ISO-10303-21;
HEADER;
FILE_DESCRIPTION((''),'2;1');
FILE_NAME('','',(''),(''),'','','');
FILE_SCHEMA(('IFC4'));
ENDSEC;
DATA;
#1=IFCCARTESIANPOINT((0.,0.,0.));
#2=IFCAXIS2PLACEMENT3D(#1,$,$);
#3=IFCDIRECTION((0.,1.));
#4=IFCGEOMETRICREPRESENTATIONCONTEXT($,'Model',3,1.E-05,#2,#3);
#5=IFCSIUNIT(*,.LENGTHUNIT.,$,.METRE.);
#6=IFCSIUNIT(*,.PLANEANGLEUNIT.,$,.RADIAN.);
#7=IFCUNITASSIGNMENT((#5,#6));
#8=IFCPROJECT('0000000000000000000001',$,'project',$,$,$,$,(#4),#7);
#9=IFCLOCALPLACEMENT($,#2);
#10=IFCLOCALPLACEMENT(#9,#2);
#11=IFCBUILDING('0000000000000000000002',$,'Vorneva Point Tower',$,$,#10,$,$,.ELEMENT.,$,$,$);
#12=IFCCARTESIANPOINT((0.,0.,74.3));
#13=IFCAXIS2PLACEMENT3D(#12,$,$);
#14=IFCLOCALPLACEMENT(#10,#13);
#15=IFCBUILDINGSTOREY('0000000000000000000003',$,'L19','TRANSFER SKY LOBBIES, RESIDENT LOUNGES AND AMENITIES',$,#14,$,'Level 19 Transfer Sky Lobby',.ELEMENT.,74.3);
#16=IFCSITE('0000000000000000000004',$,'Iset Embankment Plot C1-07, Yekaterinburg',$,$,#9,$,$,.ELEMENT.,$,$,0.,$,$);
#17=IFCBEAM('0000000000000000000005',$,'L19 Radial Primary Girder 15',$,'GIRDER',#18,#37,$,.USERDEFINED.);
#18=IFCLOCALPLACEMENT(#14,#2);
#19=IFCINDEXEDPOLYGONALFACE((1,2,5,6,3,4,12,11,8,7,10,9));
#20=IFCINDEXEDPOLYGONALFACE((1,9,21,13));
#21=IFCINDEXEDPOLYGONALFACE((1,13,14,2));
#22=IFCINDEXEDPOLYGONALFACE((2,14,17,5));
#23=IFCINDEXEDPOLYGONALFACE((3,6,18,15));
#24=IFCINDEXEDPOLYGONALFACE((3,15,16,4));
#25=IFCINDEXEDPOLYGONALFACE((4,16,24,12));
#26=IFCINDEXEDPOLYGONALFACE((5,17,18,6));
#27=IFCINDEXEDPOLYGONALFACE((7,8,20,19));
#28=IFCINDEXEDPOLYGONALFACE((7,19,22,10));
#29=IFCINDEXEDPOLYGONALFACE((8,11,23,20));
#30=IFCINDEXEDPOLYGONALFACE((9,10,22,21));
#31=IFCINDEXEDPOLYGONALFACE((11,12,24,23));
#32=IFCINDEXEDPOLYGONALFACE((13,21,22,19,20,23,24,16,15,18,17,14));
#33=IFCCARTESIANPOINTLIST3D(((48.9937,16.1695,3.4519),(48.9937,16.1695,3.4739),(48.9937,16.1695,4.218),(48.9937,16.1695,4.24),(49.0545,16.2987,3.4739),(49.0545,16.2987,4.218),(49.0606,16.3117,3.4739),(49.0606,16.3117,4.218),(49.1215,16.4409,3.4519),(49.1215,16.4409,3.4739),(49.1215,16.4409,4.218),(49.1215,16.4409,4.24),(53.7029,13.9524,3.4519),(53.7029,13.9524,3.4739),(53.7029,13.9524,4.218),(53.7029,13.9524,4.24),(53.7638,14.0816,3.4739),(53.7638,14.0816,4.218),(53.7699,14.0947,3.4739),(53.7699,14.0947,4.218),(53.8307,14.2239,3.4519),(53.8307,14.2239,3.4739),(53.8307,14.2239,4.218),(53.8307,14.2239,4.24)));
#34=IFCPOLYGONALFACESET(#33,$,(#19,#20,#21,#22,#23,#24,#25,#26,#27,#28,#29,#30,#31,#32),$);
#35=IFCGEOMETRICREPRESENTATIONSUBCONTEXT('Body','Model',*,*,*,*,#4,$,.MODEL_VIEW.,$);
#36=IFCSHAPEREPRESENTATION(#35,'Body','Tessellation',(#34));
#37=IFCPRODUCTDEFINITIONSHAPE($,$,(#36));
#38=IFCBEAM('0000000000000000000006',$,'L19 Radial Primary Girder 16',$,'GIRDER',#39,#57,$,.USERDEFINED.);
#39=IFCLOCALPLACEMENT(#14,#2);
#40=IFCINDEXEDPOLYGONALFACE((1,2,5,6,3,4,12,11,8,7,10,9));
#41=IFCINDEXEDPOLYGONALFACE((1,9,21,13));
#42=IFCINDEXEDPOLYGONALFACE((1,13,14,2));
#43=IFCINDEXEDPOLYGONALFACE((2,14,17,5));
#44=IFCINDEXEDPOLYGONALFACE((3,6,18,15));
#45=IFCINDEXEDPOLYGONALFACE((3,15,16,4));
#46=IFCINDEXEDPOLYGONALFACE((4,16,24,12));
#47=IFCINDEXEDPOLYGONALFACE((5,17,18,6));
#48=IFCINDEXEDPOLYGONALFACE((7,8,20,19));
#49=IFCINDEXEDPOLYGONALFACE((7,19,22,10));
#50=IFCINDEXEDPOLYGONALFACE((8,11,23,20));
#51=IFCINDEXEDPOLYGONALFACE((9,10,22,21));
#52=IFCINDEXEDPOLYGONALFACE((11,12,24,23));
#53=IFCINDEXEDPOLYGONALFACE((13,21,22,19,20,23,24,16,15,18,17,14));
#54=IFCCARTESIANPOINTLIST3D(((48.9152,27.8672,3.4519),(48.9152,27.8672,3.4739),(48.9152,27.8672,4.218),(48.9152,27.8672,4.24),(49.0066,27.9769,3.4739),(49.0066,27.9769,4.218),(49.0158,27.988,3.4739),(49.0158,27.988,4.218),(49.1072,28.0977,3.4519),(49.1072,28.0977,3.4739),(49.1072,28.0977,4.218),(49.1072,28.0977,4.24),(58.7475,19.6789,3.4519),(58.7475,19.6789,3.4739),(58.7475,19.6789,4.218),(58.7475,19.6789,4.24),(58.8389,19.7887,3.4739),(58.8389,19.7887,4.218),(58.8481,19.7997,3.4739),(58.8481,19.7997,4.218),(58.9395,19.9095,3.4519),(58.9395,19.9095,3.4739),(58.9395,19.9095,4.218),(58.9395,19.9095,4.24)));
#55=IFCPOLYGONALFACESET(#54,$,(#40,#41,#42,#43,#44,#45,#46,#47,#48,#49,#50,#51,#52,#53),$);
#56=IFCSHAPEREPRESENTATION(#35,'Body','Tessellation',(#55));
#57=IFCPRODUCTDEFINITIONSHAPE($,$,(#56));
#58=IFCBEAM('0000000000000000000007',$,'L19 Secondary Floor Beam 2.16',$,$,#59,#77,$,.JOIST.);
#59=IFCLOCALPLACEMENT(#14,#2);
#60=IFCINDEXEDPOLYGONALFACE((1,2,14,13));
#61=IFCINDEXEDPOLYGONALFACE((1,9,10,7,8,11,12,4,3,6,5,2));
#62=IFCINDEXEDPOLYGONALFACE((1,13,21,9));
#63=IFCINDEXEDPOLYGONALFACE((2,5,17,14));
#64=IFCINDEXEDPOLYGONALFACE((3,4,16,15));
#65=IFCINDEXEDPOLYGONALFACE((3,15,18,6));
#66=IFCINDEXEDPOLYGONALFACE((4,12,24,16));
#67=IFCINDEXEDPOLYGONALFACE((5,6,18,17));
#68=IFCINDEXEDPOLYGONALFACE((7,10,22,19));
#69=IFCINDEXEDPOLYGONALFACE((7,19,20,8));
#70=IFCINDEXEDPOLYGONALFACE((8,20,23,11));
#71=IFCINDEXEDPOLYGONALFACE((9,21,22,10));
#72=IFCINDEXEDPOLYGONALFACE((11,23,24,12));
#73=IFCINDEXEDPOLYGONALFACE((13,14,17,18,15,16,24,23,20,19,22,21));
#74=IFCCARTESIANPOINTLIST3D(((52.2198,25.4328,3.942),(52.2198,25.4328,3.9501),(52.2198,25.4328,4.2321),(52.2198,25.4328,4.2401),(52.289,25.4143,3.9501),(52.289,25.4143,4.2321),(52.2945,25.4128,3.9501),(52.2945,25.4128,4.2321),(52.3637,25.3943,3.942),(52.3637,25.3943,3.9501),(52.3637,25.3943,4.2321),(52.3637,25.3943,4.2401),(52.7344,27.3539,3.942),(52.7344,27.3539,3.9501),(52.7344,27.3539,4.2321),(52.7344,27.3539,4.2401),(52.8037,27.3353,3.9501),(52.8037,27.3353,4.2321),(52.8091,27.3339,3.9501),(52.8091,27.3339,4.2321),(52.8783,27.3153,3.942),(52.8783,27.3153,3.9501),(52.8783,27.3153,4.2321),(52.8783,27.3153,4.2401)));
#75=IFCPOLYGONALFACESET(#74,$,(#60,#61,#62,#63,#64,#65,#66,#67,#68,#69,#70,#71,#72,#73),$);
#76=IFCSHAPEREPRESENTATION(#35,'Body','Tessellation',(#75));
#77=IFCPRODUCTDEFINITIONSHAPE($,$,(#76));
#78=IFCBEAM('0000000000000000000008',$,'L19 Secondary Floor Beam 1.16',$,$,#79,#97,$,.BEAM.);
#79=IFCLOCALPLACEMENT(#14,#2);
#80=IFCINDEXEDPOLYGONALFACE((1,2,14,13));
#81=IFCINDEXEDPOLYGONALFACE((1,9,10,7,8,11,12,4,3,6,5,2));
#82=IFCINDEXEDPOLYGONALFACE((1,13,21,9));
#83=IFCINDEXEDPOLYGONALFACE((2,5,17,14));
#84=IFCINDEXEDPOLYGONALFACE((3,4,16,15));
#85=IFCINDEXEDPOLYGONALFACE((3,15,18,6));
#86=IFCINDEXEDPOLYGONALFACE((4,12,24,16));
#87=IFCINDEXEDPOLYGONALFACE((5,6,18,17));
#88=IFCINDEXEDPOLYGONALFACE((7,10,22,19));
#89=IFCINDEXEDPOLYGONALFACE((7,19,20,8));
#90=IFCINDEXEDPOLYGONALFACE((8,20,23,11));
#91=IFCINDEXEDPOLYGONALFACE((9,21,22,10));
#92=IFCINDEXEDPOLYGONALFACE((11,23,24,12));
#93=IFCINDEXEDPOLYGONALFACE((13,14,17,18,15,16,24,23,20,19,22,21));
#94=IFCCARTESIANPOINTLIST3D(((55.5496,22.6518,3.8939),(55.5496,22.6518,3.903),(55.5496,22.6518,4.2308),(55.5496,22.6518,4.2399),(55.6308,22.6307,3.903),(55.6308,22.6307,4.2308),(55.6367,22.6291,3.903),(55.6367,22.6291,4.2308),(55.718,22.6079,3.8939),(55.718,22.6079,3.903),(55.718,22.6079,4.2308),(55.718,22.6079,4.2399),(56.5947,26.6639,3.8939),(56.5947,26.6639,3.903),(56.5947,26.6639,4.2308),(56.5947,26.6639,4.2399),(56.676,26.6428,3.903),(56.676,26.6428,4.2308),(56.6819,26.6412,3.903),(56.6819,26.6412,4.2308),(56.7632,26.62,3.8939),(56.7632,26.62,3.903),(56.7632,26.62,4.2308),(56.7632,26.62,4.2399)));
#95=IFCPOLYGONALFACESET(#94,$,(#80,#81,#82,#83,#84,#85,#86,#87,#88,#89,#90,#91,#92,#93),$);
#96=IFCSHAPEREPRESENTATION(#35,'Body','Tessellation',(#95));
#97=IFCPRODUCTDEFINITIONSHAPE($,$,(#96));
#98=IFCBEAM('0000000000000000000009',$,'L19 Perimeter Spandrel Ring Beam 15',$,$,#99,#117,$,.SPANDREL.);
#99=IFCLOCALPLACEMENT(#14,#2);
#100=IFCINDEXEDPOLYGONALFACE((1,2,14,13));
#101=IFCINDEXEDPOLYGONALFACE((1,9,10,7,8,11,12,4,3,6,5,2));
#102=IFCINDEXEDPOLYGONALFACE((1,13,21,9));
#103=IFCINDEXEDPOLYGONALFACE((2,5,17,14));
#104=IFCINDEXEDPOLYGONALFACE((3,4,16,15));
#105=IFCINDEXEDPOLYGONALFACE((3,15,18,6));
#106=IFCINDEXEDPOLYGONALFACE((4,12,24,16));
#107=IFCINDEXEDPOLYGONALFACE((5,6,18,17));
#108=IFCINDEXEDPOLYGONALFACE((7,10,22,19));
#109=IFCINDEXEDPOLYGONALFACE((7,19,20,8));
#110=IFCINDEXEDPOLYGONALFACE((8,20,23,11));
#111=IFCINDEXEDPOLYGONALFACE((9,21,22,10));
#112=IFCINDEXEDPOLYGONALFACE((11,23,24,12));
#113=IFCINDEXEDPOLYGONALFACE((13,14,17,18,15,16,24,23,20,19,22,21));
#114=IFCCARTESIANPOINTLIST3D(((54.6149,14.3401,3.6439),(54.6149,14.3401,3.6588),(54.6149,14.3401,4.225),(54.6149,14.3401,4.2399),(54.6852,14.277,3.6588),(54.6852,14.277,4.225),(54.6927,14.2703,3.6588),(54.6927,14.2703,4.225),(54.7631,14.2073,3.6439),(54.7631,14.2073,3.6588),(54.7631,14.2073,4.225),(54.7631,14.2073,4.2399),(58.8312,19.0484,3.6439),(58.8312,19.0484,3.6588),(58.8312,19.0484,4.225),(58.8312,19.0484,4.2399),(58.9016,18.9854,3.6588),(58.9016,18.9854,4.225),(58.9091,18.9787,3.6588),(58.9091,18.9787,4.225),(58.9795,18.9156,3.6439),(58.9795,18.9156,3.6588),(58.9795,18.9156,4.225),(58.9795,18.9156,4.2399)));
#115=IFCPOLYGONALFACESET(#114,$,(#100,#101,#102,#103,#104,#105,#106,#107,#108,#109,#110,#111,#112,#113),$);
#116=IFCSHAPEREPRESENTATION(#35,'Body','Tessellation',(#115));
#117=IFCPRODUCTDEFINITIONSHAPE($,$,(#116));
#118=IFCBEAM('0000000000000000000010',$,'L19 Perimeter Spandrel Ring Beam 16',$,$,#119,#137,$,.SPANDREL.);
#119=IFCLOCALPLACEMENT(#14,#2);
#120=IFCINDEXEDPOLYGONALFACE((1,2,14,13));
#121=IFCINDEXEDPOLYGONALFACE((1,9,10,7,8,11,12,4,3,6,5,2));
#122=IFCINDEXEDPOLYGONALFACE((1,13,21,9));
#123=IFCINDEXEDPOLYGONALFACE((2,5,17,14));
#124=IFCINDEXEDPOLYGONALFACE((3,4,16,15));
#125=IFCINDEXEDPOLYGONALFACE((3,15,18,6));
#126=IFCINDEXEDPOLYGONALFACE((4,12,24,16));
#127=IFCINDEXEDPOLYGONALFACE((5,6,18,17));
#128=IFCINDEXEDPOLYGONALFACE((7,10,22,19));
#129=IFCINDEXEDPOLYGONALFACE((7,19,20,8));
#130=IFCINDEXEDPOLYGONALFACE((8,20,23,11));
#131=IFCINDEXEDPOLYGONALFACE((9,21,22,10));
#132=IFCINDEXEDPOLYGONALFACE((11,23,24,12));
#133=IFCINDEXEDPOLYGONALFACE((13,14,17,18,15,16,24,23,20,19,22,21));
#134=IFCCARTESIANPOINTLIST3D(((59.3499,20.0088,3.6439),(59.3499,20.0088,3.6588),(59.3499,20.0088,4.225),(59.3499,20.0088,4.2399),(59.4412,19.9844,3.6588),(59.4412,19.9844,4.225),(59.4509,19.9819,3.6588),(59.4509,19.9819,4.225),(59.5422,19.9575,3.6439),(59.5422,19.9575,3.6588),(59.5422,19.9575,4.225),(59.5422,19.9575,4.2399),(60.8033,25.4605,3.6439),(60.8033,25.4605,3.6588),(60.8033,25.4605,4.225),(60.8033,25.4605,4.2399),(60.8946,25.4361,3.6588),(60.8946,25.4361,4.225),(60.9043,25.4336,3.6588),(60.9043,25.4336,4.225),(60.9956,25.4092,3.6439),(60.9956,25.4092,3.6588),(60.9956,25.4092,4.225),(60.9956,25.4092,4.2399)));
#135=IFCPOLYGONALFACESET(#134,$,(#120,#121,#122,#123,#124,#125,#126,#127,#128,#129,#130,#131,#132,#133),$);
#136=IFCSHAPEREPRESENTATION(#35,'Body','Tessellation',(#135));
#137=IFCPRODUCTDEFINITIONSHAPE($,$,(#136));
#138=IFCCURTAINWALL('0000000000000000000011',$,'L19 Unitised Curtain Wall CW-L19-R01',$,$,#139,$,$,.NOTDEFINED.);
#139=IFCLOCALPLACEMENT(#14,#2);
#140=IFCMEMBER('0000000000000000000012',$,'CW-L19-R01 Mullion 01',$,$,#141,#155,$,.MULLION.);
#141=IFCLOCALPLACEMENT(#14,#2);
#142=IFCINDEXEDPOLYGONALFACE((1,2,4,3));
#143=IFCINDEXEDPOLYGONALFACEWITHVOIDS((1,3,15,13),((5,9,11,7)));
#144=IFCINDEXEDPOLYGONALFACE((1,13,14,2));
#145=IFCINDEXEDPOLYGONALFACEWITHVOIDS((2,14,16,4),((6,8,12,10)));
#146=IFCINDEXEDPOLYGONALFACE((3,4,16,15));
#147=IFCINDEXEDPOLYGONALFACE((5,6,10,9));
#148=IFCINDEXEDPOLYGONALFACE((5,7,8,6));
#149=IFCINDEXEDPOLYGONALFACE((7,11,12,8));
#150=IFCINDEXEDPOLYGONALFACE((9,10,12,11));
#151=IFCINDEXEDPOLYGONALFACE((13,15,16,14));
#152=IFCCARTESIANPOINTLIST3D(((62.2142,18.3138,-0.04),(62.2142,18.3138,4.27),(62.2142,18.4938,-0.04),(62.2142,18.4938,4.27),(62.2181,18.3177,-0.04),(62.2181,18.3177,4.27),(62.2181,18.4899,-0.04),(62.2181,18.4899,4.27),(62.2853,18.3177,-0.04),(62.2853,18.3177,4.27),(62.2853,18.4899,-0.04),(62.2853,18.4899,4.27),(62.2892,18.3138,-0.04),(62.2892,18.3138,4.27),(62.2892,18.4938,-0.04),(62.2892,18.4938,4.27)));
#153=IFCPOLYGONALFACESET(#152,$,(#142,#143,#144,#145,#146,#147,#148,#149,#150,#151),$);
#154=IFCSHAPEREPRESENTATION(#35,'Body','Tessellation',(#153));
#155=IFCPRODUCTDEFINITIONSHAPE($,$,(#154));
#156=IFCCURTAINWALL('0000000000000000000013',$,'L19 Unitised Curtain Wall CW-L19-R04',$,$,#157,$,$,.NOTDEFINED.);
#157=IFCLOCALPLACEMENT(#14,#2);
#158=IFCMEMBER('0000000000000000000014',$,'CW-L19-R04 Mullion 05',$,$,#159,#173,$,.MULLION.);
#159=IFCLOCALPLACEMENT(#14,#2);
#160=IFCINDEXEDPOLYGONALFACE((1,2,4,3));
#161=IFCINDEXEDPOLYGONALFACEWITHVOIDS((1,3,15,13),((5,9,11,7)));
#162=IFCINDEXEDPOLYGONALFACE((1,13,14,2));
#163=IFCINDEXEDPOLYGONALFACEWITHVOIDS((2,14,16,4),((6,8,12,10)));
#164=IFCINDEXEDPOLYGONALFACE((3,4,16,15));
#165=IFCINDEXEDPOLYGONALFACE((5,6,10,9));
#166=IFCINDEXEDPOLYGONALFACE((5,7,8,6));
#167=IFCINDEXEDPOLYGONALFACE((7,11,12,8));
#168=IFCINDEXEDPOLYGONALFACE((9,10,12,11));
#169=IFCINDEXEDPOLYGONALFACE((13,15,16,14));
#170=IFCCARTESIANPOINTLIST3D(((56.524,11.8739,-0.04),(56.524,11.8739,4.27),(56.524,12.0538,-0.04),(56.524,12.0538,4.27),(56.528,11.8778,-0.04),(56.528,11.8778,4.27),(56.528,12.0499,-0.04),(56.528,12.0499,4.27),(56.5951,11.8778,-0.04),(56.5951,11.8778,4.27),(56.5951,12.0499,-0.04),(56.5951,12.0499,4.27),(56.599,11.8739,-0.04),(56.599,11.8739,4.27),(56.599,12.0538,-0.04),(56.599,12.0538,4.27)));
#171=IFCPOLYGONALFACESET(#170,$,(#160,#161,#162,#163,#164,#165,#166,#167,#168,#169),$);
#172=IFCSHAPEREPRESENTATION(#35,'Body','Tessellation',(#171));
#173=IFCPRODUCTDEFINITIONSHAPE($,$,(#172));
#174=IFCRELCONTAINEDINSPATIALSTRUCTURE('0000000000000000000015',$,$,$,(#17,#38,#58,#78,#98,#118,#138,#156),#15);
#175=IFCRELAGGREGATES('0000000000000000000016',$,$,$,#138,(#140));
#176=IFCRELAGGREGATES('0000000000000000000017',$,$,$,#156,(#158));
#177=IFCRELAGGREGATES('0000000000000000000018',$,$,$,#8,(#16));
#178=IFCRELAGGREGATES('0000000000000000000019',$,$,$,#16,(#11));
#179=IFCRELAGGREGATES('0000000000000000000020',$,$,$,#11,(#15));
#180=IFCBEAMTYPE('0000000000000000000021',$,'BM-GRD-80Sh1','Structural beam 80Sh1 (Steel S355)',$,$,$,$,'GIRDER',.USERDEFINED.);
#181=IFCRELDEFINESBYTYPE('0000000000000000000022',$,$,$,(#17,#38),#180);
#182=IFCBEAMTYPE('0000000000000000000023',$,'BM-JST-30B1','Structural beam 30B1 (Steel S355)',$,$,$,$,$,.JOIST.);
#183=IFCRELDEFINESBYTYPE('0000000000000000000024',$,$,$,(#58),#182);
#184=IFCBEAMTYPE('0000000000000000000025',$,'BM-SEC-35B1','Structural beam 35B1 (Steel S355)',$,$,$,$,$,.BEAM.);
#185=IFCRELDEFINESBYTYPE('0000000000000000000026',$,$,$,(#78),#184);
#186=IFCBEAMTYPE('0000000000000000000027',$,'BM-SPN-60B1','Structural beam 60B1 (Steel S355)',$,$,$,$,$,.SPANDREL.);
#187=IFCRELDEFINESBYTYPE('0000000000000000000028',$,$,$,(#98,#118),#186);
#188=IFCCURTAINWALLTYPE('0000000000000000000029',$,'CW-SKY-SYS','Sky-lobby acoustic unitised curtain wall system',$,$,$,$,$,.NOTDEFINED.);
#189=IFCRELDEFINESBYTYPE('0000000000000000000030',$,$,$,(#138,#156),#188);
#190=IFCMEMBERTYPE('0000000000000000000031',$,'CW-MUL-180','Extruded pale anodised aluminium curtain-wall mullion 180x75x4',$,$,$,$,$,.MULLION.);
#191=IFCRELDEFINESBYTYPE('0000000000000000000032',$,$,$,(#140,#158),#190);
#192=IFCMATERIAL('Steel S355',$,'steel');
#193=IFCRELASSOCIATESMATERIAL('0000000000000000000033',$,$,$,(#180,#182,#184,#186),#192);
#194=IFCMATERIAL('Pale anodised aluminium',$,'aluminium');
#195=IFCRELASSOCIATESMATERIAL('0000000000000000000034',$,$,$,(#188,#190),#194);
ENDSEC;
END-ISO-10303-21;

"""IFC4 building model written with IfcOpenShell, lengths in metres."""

from ifc_helpers import new_model, si_unit, direction, frame, origin, origin_2d, place, context, subcontext, project, spatial, hollow_rectangle, i_section, extrude, material, material_profile, profile_set, type_object, element, aggregate, save


model = new_model("IFC4")

# Units and contexts
model_context = context("Model", 3, precision=1e-05, world=origin(), true_north=direction((0.0, 1.0)))
body_context = subcontext(model_context, "Body", "Model", "MODEL_VIEW")
ifc_project = project(units=[si_unit("LENGTHUNIT", "METRE"), si_unit("PLANEANGLEUNIT", "RADIAN")], contexts=[model_context])

# Site, building, storey
site_placement = place(None, origin())
site = spatial("IfcSite", under=ifc_project, at=site_placement, Name="Iset Embankment Plot C1-07, Yekaterinburg", CompositionType="ELEMENT", RefElevation=0.0)
building_placement = place(site_placement, origin())
building = spatial("IfcBuilding", under=site, at=building_placement, Name="Vorneva Point Tower", CompositionType="ELEMENT")
storey_placement = place(building_placement, frame((0.0, 0.0, 74.3)))
storey = spatial("IfcBuildingStorey", under=building, at=storey_placement, Name="L19", Description="TRANSFER SKY LOBBIES, RESIDENT LOUNGES AND AMENITIES", LongName="Level 19 Transfer Sky Lobby", CompositionType="ELEMENT", Elevation=74.3)

# Beams
ifc_material_1 = material(Name="Steel S355", Category="steel")
ifc_material_profile_1 = material_profile(ifc_material_1, i_section(OverallWidth=0.3, OverallDepth=0.7881, WebThickness=0.0144, FlangeThickness=0.022, at=origin_2d()), Name="80Sh1")
ifc_profile_set_1 = profile_set([ifc_material_profile_1], Name="Steel S355")
beam_type_1 = type_object("IfcBeamType", Name="BM-GRD-80Sh1", Description="Structural beam 80Sh1 (Steel S355)", ElementType="GIRDER", PredefinedType="USERDEFINED", material=ifc_profile_set_1)
beam_1_placement = place(storey_placement, frame((53.7668, 14.0881, 3.8459), z_axis=(-0.90475, 0.425944, 0.0), x_axis=(-0.425944, -0.90475, 0.0)))
element("IfcBeam", 1, at=beam_1_placement, inside=storey, type_object=beam_type_1, Name="L19 Radial Primary Girder 15", ObjectType="GIRDER", PredefinedType="USERDEFINED", context=body_context, shape_type="SweptSolid", body=[
    extrude(i_section(OverallWidth=0.3, OverallDepth=0.7881, WebThickness=0.0144, FlangeThickness=0.022, at=origin_2d()), origin(), (0.0, 0.0, 1.0), 5.2051),
])
beam_2_placement = place(storey_placement, frame((58.8435, 19.7942, 3.8459), z_axis=(-0.768426, 0.639939, 0.0), x_axis=(-0.639939, -0.768426, 0.0)))
element("IfcBeam", 2, at=beam_2_placement, inside=storey, type_object=beam_type_1, Name="L19 Radial Primary Girder 16", ObjectType="GIRDER", PredefinedType="USERDEFINED", context=body_context, shape_type="SweptSolid", body=[
    extrude(i_section(OverallWidth=0.3, OverallDepth=0.7881, WebThickness=0.0144, FlangeThickness=0.022, at=origin_2d()), origin(), (0.0, 0.0, 1.0), 12.7954),
])
ifc_material_profile_2 = material_profile(ifc_material_1, i_section(OverallWidth=0.1489, OverallDepth=0.2981, WebThickness=0.0056, FlangeThickness=0.0081, at=origin_2d()), Name="30B1")
ifc_profile_set_2 = profile_set([ifc_material_profile_2], Name="Steel S355")
beam_type_2 = type_object("IfcBeamType", Name="BM-JST-30B1", Description="Structural beam 30B1 (Steel S355)", PredefinedType="JOIST", material=ifc_profile_set_2)
beam_3_placement = place(storey_placement, frame((52.2917, 25.4136, 4.0911), z_axis=(0.258763, 0.965941, 0.0), x_axis=(-0.965941, 0.258763, 0.0)))
element("IfcBeam", 3, at=beam_3_placement, inside=storey, type_object=beam_type_2, Name="L19 Secondary Floor Beam 2.16", PredefinedType="JOIST", context=body_context, shape_type="SweptSolid", body=[
    extrude(i_section(OverallWidth=0.1489, OverallDepth=0.2981, WebThickness=0.0056, FlangeThickness=0.0081, at=origin_2d()), origin(), (0.0, 0.0, 1.0), 1.9888),
])
ifc_material_profile_3 = material_profile(ifc_material_1, i_section(OverallWidth=0.1741, OverallDepth=0.3459, WebThickness=0.0061, FlangeThickness=0.009, at=origin_2d()), Name="35B1")
ifc_profile_set_3 = profile_set([ifc_material_profile_3], Name="Steel S355")
beam_type_3 = type_object("IfcBeamType", Name="BM-SEC-35B1", Description="Structural beam 35B1 (Steel S355)", PredefinedType="BEAM", material=ifc_profile_set_3)
beam_4_placement = place(storey_placement, frame((55.6338, 22.6299, 4.0669), z_axis=(0.252084, 0.967705, 0.0), x_axis=(-0.967705, 0.252084, 0.0)))
element("IfcBeam", 4, at=beam_4_placement, inside=storey, type_object=beam_type_3, Name="L19 Secondary Floor Beam 1.16", PredefinedType="BEAM", context=body_context, shape_type="SweptSolid", body=[
    extrude(i_section(OverallWidth=0.1741, OverallDepth=0.3459, WebThickness=0.0061, FlangeThickness=0.009, at=origin_2d()), origin(), (0.0, 0.0, 1.0), 4.146),
])
ifc_material_profile_4 = material_profile(ifc_material_1, i_section(OverallWidth=0.199, OverallDepth=0.5959, WebThickness=0.01, FlangeThickness=0.0149, at=origin_2d()), Name="60B1")
ifc_profile_set_4 = profile_set([ifc_material_profile_4], Name="Steel S355")
beam_type_4 = type_object("IfcBeamType", Name="BM-SPN-60B1", Description="Structural beam 60B1 (Steel S355)", PredefinedType="SPANDREL", material=ifc_profile_set_4)
beam_5_placement = place(storey_placement, frame((54.689, 14.2737, 3.9419), z_axis=(0.667117, 0.744953, 0.0), x_axis=(-0.744953, 0.667117, 0.0)))
element("IfcBeam", 5, at=beam_5_placement, inside=storey, type_object=beam_type_4, Name="L19 Perimeter Spandrel Ring Beam 15", PredefinedType="SPANDREL", context=body_context, shape_type="SweptSolid", body=[
    extrude(i_section(OverallWidth=0.199, OverallDepth=0.5959, WebThickness=0.01, FlangeThickness=0.0149, at=origin_2d()), origin(), (0.0, 0.0, 1.0), 6.3203),
])
beam_6_placement = place(storey_placement, frame((59.446, 19.9832, 3.9419), z_axis=(0.257595, 0.966253, 0.0), x_axis=(-0.966253, 0.257595, 0.0)))
element("IfcBeam", 6, at=beam_6_placement, inside=storey, type_object=beam_type_4, Name="L19 Perimeter Spandrel Ring Beam 16", PredefinedType="SPANDREL", context=body_context, shape_type="SweptSolid", body=[
    extrude(i_section(OverallWidth=0.199, OverallDepth=0.5959, WebThickness=0.01, FlangeThickness=0.0149, at=origin_2d()), origin(), (0.0, 0.0, 1.0), 5.6421),
])

# Curtain walls, members
ifc_material_2 = material(Name="Pale anodised aluminium", Category="aluminium")
curtain_wall_type = type_object("IfcCurtainWallType", Name="CW-SKY-SYS", Description="Sky-lobby acoustic unitised curtain wall system", PredefinedType="NOTDEFINED", material=ifc_material_2)
curtain_wall_1_placement = place(storey_placement, origin())
curtain_wall_1 = element("IfcCurtainWall", 7, at=curtain_wall_1_placement, inside=storey, type_object=curtain_wall_type, Name="L19 Unitised Curtain Wall CW-L19-R01", PredefinedType="NOTDEFINED")
ifc_material_profile_5 = material_profile(ifc_material_2, hollow_rectangle(XDim=0.075, YDim=0.1799, WallThickness=0.0039, at=origin_2d()), Name="AL-MUL 180x75x4")
ifc_profile_set_5 = profile_set([ifc_material_profile_5], Name="Pale anodised aluminium")
member_type_1 = type_object("IfcMemberType", Name="CW-MUL-180", Description="Extruded pale anodised aluminium curtain-wall mullion 180x75x4", PredefinedType="MULLION", material=ifc_profile_set_5)
member_1_placement = place(storey_placement, frame((62.2517, 18.4038, -0.04), z_axis=(0.0, 0.0, 1.0), x_axis=(1.0, 0.0, 0.0)))
member_1 = element("IfcMember", 8, at=member_1_placement, type_object=member_type_1, Name="CW-L19-R01 Mullion 01", PredefinedType="MULLION", context=body_context, shape_type="SweptSolid", body=[
    extrude(hollow_rectangle(XDim=0.075, YDim=0.1799, WallThickness=0.0039, at=origin_2d()), origin(), (0.0, 0.0, 1.0), 4.3101),
])
curtain_wall_2_placement = place(storey_placement, origin())
curtain_wall_2 = element("IfcCurtainWall", 9, at=curtain_wall_2_placement, inside=storey, type_object=curtain_wall_type, Name="L19 Unitised Curtain Wall CW-L19-R04", PredefinedType="NOTDEFINED")
member_2_placement = place(storey_placement, frame((56.5615, 11.9639, -0.04), z_axis=(0.0, 0.0, 1.0), x_axis=(1.0, 0.0, 0.0)))
member_2 = element("IfcMember", 10, at=member_2_placement, type_object=member_type_1, Name="CW-L19-R04 Mullion 05", PredefinedType="MULLION", context=body_context, shape_type="SweptSolid", body=[
    extrude(hollow_rectangle(XDim=0.075, YDim=0.1799, WallThickness=0.0039, at=origin_2d()), origin(), (0.0, 0.0, 1.0), 4.3101),
])

aggregate(curtain_wall_1, [member_1])
aggregate(curtain_wall_2, [member_2])

save(model, "model.ifc")
